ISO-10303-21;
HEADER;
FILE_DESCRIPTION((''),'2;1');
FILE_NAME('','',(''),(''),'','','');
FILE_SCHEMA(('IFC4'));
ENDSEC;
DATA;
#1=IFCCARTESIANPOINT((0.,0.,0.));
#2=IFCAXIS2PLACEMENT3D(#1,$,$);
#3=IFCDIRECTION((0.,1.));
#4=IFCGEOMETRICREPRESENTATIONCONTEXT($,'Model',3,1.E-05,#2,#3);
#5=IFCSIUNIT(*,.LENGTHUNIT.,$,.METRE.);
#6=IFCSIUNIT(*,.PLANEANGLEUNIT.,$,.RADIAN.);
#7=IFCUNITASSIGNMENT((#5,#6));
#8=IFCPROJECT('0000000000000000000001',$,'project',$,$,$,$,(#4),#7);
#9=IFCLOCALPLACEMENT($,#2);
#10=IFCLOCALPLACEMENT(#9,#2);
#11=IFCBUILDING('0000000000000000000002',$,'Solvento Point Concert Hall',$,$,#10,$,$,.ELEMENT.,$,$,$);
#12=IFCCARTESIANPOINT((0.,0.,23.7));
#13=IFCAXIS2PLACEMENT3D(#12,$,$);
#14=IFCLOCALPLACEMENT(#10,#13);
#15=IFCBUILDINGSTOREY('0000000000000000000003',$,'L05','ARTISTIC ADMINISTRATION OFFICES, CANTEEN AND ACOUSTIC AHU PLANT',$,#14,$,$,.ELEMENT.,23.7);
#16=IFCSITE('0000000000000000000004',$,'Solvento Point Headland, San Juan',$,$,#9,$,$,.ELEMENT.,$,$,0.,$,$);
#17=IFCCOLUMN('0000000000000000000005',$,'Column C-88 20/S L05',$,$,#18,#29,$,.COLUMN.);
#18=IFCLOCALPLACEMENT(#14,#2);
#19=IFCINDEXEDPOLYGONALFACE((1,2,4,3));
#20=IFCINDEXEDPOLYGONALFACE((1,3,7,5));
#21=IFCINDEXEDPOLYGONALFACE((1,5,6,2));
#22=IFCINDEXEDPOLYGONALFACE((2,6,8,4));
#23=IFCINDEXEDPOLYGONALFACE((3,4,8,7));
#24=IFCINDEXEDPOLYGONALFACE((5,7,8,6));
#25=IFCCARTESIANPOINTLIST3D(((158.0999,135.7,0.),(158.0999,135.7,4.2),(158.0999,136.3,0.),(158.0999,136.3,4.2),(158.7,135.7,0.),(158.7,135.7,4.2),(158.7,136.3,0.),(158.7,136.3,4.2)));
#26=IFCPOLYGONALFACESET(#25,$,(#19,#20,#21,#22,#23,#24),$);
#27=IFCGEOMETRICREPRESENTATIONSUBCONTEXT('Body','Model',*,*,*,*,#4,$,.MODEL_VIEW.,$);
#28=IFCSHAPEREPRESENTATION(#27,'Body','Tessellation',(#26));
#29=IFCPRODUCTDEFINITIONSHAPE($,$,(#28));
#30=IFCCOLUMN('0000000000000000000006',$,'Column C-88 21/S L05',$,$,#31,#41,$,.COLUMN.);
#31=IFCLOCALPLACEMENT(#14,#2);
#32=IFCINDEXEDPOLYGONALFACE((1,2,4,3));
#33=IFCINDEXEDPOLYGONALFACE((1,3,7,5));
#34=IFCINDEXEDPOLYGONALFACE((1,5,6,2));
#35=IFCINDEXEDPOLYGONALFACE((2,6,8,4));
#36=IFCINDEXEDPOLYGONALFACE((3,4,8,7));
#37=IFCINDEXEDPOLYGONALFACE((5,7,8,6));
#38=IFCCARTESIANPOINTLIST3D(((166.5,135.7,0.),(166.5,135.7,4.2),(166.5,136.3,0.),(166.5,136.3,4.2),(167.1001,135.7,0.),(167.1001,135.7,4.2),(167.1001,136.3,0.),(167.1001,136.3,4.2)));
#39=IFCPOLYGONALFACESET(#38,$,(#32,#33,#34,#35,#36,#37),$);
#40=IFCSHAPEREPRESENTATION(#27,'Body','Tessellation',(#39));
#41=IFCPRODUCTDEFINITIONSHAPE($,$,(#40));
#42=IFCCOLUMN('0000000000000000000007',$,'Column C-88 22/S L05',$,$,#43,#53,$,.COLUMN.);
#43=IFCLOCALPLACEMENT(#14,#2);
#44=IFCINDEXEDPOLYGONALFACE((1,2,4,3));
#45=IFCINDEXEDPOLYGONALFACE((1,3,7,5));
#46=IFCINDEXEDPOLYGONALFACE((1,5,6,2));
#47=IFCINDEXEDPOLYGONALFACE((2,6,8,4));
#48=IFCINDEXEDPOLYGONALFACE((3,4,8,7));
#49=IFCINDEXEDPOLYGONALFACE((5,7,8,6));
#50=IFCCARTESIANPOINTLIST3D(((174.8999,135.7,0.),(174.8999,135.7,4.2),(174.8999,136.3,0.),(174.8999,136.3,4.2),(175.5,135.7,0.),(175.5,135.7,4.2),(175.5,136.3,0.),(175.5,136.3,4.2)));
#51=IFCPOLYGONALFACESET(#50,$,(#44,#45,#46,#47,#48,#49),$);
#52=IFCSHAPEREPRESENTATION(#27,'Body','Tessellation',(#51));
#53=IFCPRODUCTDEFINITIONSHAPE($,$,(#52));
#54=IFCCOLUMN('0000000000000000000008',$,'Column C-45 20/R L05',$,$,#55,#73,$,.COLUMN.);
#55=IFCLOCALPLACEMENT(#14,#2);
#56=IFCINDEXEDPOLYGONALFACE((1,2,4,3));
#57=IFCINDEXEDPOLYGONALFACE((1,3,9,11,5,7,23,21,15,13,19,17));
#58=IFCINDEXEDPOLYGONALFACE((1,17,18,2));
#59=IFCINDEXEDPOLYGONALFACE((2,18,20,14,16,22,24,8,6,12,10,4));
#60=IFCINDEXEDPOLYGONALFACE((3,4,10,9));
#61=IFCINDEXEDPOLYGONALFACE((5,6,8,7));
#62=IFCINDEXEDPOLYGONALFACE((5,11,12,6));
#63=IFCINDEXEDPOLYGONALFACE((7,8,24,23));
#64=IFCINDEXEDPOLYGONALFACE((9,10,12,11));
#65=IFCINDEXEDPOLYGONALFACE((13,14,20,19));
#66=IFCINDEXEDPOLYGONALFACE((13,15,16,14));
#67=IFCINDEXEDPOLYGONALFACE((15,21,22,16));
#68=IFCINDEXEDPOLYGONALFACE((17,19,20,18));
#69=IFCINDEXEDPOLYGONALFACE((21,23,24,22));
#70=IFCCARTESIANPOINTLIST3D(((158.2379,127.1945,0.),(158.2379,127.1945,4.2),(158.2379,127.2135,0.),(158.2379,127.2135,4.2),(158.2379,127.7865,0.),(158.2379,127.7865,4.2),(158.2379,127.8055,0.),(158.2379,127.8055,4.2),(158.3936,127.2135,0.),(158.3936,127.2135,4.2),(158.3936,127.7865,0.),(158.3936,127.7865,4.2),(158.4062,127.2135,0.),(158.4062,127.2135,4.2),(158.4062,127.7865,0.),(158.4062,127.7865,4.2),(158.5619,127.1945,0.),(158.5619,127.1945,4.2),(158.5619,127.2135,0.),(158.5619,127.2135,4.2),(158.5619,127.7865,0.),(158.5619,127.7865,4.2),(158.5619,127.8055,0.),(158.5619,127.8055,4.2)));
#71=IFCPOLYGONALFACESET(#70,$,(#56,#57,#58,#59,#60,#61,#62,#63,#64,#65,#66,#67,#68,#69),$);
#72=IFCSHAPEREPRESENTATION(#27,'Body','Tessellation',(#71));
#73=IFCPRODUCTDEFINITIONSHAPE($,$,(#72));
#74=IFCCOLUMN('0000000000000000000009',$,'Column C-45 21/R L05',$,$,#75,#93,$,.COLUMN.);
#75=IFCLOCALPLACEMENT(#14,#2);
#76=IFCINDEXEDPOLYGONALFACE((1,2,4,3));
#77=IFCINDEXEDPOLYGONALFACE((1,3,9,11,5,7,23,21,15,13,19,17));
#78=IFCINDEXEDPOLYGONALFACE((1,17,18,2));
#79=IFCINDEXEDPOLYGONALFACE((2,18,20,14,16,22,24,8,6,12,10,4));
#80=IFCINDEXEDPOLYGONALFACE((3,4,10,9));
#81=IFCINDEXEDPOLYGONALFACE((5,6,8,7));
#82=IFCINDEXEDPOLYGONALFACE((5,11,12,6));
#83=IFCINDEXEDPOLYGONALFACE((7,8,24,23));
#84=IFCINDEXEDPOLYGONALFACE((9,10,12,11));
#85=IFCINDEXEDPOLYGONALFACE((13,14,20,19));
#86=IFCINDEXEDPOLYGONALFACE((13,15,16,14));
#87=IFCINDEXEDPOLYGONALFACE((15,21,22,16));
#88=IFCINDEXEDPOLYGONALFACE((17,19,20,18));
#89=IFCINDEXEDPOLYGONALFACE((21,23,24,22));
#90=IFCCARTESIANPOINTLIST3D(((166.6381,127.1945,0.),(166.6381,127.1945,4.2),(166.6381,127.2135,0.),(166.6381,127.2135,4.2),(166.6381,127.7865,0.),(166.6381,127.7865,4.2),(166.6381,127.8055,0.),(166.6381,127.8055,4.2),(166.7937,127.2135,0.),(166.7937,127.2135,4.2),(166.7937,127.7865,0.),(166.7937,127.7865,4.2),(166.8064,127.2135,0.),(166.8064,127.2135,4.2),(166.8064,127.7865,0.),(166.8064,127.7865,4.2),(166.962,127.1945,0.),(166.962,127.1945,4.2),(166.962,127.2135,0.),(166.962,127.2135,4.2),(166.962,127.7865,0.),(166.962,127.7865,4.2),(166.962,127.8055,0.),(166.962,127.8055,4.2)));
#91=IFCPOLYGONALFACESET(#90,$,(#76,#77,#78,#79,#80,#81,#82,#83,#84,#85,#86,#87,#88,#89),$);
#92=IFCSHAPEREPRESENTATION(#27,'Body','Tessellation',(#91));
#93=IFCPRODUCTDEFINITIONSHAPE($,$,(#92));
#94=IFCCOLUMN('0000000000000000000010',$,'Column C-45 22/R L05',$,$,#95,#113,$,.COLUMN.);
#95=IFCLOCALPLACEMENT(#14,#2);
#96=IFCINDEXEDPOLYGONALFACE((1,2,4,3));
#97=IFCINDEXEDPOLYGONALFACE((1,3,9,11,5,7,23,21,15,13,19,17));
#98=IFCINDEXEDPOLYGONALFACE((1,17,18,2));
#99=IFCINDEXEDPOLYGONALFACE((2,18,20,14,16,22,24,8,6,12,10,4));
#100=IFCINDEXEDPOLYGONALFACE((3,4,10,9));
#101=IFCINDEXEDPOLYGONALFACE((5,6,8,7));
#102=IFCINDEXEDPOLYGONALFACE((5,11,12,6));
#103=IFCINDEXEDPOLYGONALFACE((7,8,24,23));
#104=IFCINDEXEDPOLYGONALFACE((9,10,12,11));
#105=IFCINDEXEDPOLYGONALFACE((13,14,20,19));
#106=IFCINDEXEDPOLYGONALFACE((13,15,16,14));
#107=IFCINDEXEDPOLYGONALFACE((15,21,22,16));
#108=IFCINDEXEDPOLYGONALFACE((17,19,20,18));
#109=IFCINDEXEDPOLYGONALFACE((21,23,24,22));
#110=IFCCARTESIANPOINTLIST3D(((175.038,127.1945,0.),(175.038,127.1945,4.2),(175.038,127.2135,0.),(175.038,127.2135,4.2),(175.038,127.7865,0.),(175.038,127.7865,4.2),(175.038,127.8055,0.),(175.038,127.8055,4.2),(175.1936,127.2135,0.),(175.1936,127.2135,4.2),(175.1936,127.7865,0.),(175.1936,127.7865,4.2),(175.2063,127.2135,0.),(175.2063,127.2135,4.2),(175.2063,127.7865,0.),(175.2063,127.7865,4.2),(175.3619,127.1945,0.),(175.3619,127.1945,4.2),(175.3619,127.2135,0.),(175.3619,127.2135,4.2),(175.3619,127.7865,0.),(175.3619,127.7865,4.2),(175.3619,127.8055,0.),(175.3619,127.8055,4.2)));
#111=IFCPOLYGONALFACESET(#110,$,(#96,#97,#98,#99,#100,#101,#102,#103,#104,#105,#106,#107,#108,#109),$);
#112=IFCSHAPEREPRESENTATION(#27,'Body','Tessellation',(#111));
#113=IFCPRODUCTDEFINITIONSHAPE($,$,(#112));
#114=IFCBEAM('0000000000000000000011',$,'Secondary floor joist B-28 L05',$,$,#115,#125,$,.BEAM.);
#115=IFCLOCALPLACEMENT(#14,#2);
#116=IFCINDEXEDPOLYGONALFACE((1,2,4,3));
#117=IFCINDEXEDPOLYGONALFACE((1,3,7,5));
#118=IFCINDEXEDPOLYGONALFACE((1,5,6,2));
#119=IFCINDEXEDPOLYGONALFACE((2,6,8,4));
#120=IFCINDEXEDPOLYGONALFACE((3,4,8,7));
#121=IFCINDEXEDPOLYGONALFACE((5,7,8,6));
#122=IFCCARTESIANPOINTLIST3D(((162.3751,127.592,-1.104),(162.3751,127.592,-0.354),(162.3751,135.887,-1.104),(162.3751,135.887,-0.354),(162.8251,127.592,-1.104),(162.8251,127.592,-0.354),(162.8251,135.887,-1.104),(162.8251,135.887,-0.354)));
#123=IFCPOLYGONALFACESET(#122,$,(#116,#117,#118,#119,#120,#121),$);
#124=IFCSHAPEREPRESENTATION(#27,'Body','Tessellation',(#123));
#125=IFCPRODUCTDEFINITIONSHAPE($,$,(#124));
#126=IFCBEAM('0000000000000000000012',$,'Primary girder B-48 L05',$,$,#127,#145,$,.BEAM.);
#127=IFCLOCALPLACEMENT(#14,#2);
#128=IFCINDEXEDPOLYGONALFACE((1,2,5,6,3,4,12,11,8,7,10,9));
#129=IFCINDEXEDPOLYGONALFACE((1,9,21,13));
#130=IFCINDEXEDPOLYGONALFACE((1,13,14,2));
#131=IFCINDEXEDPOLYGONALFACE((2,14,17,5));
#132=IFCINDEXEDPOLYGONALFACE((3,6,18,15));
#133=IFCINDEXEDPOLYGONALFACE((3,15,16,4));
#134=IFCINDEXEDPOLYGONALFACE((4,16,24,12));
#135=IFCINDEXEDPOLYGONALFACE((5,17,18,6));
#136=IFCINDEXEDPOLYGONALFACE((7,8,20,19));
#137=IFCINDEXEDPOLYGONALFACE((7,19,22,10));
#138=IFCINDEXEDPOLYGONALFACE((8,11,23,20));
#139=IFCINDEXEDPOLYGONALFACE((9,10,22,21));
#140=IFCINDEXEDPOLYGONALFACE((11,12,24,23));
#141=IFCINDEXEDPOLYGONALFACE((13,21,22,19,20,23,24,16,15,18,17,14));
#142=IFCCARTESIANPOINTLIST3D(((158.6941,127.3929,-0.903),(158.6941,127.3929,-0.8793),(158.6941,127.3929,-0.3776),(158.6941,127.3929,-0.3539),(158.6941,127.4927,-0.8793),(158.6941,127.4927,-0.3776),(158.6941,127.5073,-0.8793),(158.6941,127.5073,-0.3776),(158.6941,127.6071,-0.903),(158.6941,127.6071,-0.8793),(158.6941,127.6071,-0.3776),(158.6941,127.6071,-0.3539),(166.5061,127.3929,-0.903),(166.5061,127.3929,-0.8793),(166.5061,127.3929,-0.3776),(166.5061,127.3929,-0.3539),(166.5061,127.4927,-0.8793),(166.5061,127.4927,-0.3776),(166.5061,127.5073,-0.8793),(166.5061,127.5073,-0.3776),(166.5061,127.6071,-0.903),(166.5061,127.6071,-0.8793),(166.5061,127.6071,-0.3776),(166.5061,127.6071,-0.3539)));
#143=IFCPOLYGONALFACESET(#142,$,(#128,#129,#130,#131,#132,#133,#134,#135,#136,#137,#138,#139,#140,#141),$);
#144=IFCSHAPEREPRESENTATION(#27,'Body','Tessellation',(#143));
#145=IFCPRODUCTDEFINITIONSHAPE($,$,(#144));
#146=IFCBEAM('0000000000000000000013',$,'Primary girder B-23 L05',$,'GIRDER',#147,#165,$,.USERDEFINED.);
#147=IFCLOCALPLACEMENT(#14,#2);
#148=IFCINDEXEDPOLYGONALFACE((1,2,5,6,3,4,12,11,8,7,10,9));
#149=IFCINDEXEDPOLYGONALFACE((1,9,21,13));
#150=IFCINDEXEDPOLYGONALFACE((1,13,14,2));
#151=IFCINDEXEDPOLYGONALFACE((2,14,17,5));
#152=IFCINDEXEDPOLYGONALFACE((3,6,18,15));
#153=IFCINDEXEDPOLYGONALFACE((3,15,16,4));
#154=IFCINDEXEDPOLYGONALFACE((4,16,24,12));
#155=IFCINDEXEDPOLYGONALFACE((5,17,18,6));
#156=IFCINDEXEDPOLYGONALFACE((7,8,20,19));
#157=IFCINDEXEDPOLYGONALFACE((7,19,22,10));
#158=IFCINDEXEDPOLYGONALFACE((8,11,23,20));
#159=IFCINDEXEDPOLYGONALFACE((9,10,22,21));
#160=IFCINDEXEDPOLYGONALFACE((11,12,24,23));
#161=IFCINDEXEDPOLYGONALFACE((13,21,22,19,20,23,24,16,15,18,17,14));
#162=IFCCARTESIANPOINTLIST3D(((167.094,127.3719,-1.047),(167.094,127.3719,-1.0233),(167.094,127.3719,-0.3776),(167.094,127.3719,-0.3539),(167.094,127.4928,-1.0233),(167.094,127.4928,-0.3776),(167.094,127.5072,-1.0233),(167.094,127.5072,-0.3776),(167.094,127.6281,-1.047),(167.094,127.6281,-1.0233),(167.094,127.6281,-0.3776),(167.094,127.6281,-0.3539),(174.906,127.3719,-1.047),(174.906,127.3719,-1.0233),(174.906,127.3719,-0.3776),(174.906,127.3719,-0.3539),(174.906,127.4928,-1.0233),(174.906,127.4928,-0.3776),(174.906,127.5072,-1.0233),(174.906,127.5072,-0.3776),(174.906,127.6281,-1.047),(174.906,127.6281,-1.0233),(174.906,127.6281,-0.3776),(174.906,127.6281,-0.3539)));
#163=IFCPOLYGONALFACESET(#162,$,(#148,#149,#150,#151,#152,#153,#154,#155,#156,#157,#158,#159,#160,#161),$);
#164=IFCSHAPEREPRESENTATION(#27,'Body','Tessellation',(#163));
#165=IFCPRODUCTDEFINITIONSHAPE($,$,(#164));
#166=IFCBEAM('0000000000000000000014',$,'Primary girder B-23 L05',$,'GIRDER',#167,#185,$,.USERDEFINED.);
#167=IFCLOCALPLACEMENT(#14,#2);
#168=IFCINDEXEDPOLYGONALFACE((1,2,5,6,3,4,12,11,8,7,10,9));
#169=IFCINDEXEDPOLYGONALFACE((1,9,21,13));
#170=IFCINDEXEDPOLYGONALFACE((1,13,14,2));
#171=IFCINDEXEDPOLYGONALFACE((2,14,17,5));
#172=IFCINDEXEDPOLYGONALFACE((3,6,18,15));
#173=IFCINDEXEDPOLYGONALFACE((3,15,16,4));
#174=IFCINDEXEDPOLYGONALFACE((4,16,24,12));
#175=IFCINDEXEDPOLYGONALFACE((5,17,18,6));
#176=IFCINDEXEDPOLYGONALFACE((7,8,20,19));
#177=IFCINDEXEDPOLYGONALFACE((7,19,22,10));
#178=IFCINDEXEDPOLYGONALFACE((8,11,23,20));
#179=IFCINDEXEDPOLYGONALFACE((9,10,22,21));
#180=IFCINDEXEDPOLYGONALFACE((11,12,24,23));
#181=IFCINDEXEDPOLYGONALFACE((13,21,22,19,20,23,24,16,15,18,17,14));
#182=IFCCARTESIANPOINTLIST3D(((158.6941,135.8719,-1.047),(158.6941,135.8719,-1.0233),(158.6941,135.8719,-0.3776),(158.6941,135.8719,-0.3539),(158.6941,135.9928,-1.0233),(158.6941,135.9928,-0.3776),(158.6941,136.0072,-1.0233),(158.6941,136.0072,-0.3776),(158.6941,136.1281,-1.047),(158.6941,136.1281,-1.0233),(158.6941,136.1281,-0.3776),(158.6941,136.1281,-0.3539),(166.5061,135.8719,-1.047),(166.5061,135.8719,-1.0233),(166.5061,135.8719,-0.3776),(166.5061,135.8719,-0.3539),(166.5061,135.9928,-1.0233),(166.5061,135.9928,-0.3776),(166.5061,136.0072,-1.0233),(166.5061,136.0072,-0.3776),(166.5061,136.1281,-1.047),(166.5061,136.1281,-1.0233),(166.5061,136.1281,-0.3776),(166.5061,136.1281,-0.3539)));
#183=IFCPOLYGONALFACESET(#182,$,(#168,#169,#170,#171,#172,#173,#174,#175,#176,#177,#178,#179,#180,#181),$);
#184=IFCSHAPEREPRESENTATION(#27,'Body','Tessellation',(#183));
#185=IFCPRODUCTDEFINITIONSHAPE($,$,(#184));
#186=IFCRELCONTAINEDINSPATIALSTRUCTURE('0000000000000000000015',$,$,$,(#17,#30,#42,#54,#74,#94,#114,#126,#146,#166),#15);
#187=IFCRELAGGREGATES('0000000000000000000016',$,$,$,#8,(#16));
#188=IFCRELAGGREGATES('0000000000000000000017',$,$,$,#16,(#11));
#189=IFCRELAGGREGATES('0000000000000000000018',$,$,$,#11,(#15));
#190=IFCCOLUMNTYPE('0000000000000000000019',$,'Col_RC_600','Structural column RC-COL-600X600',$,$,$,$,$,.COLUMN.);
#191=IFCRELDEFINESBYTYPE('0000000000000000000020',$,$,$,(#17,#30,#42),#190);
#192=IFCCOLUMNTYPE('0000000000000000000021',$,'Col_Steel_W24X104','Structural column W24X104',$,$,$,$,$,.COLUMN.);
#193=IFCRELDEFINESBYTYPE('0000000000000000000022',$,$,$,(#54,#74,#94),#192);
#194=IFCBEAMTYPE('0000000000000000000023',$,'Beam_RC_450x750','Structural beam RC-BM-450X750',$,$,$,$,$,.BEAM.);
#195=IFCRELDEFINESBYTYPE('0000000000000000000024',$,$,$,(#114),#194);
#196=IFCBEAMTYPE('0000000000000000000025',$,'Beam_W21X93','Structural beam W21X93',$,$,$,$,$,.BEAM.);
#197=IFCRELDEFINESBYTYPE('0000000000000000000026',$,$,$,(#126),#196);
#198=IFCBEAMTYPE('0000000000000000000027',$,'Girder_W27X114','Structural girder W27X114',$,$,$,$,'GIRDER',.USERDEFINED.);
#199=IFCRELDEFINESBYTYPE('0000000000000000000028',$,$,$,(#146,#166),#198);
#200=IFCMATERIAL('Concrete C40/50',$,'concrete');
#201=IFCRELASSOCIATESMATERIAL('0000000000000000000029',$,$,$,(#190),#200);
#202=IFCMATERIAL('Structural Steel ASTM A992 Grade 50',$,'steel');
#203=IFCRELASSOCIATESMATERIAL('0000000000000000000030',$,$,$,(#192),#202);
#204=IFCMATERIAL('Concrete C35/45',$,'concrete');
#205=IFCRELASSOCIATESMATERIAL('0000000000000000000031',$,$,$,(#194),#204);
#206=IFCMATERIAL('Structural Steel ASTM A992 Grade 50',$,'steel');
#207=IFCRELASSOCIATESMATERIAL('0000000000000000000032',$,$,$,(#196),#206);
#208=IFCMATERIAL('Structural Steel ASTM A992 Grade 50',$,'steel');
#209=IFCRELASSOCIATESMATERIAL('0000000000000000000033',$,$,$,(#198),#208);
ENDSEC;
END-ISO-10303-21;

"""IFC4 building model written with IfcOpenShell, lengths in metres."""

from ifc_helpers import new_model, si_unit, direction, frame, origin, origin_2d, place, context, subcontext, project, spatial, rectangle, i_section, extrude, material, material_profile, profile_set, type_object, element, save


model = new_model("IFC4")

# Units and contexts
model_context = context("Model", 3, precision=1e-05, world=origin(), true_north=direction((0.0, 1.0)))
body_context = subcontext(model_context, "Body", "Model", "MODEL_VIEW")
ifc_project = project(units=[si_unit("LENGTHUNIT", "METRE"), si_unit("PLANEANGLEUNIT", "RADIAN")], contexts=[model_context])

# Site, building, storey
site_placement = place(None, origin())
site = spatial("IfcSite", under=ifc_project, at=site_placement, Name="Solvento Point Headland, San Juan", CompositionType="ELEMENT", RefElevation=0.0)
building_placement = place(site_placement, origin())
building = spatial("IfcBuilding", under=site, at=building_placement, Name="Solvento Point Concert Hall", CompositionType="ELEMENT")
storey_placement = place(building_placement, frame((0.0, 0.0, 23.7)))
storey = spatial("IfcBuildingStorey", under=building, at=storey_placement, Name="L05", Description="ARTISTIC ADMINISTRATION OFFICES, CANTEEN AND ACOUSTIC AHU PLANT", CompositionType="ELEMENT", Elevation=23.7)

# Columns
ifc_material_1 = material(Name="Concrete C40/50", Category="concrete")
ifc_material_profile_1 = material_profile(ifc_material_1, rectangle(XDim=0.6001, YDim=0.6001, at=origin_2d()), Name="RC-COL-600X600")
ifc_profile_set_1 = profile_set([ifc_material_profile_1], Name="Concrete C40/50")
column_type_1 = type_object("IfcColumnType", Name="Col_RC_600", Description="Structural column RC-COL-600X600", PredefinedType="COLUMN", material=ifc_profile_set_1)
for number, where, z_axis, x_axis, name in (
    (1, (158.3999, 136.0, 0.0), (0.0, 0.0, 1.0), (1.0, 0.0, 0.0), "Column C-88 20/S L05"),
    (2, (166.8, 136.0, 0.0), (0.0, 0.0, 1.0), (1.0, 0.0, 0.0), "Column C-88 21/S L05"),
    (3, (175.2, 136.0, 0.0), (0.0, 0.0, 1.0), (1.0, 0.0, 0.0), "Column C-88 22/S L05"),
):
    element("IfcColumn", number, at=place(storey_placement, frame(where, z_axis=z_axis, x_axis=x_axis)), inside=storey, type_object=column_type_1, Name=name, PredefinedType="COLUMN", context=body_context, shape_type="SweptSolid", body=[
        extrude(rectangle(XDim=0.6001, YDim=0.6001, at=origin_2d()), origin(), (0.0, 0.0, 1.0), 4.2),
    ])
ifc_material_2 = material(Name="Structural Steel ASTM A992 Grade 50", Category="steel")
ifc_material_profile_2 = material_profile(ifc_material_2, i_section(OverallWidth=0.324, OverallDepth=0.6111, WebThickness=0.0127, FlangeThickness=0.019, at=origin_2d()), Name="W24X104")
ifc_profile_set_2 = profile_set([ifc_material_profile_2], Name="Structural Steel ASTM A992 Grade 50")
column_type_2 = type_object("IfcColumnType", Name="Col_Steel_W24X104", Description="Structural column W24X104", PredefinedType="COLUMN", material=ifc_profile_set_2)
for number, where, z_axis, x_axis, name in (
    (4, (158.3999, 127.5, 0.0), (0.0, 0.0, 1.0), (1.0, 0.0, 0.0), "Column C-45 20/R L05"),
    (5, (166.8, 127.5, 0.0), (0.0, 0.0, 1.0), (1.0, 0.0, 0.0), "Column C-45 21/R L05"),
    (6, (175.2, 127.5, 0.0), (0.0, 0.0, 1.0), (1.0, 0.0, 0.0), "Column C-45 22/R L05"),
):
    element("IfcColumn", number, at=place(storey_placement, frame(where, z_axis=z_axis, x_axis=x_axis)), inside=storey, type_object=column_type_2, Name=name, PredefinedType="COLUMN", context=body_context, shape_type="SweptSolid", body=[
        extrude(i_section(OverallWidth=0.324, OverallDepth=0.6111, WebThickness=0.0127, FlangeThickness=0.019, at=origin_2d()), origin(), (0.0, 0.0, 1.0), 4.2),
    ])

# Beams
ifc_material_3 = material(Name="Concrete C35/45", Category="concrete")
ifc_material_profile_3 = material_profile(ifc_material_3, rectangle(XDim=0.45, YDim=0.75, at=origin_2d()), Name="RC-BM-450X750")
ifc_profile_set_3 = profile_set([ifc_material_profile_3], Name="Concrete C35/45")
beam_type_1 = type_object("IfcBeamType", Name="Beam_RC_450x750", Description="Structural beam RC-BM-450X750", PredefinedType="BEAM", material=ifc_profile_set_3)
beam_1_placement = place(storey_placement, frame((162.6001, 127.592, -0.729), z_axis=(0.0, 1.0, 0.0), x_axis=(-1.0, 0.0, 0.0)))
element("IfcBeam", 7, at=beam_1_placement, inside=storey, type_object=beam_type_1, Name="Secondary floor joist B-28 L05", PredefinedType="BEAM", context=body_context, shape_type="SweptSolid", body=[
    extrude(rectangle(XDim=0.45, YDim=0.75, at=origin_2d()), origin(), (0.0, 0.0, 1.0), 8.2949),
])
ifc_material_4 = material(Name="Structural Steel ASTM A992 Grade 50", Category="steel")
ifc_material_profile_4 = material_profile(ifc_material_4, i_section(OverallWidth=0.2141, OverallDepth=0.5491, WebThickness=0.0146, FlangeThickness=0.0237, at=origin_2d()), Name="W21X93")
ifc_profile_set_4 = profile_set([ifc_material_profile_4], Name="Structural Steel ASTM A992 Grade 50")
beam_type_2 = type_object("IfcBeamType", Name="Beam_W21X93", Description="Structural beam W21X93", PredefinedType="BEAM", material=ifc_profile_set_4)
beam_2_placement = place(storey_placement, frame((158.6941, 127.5, -0.6284), z_axis=(1.0, 0.0, 0.0), x_axis=(0.0, 1.0, 0.0)))
element("IfcBeam", 8, at=beam_2_placement, inside=storey, type_object=beam_type_2, Name="Primary girder B-48 L05", PredefinedType="BEAM", context=body_context, shape_type="SweptSolid", body=[
    extrude(i_section(OverallWidth=0.2141, OverallDepth=0.5491, WebThickness=0.0146, FlangeThickness=0.0237, at=origin_2d()), origin(), (0.0, 0.0, 1.0), 7.812),
])
ifc_material_5 = material(Name="Structural Steel ASTM A992 Grade 50", Category="steel")
ifc_material_profile_5 = material_profile(ifc_material_5, i_section(OverallWidth=0.2561, OverallDepth=0.6931, WebThickness=0.0144, FlangeThickness=0.0237, at=origin_2d()), Name="W27X114")
ifc_profile_set_5 = profile_set([ifc_material_profile_5], Name="Structural Steel ASTM A992 Grade 50")
beam_type_3 = type_object("IfcBeamType", Name="Girder_W27X114", Description="Structural girder W27X114", ElementType="GIRDER", PredefinedType="USERDEFINED", material=ifc_profile_set_5)
for number, where, z_axis, x_axis, name in (
    (9, (167.094, 127.5, -0.7004), (1.0, 0.0, 0.0), (0.0, 1.0, 0.0), "Primary girder B-23 L05"),
    (10, (158.6941, 136.0, -0.7004), (1.0, 0.0, 0.0), (0.0, 1.0, 0.0), "Primary girder B-23 L05"),
):
    element("IfcBeam", number, at=place(storey_placement, frame(where, z_axis=z_axis, x_axis=x_axis)), inside=storey, type_object=beam_type_3, Name=name, ObjectType="GIRDER", PredefinedType="USERDEFINED", context=body_context, shape_type="SweptSolid", body=[
        extrude(i_section(OverallWidth=0.2561, OverallDepth=0.6931, WebThickness=0.0144, FlangeThickness=0.0237, at=origin_2d()), origin(), (0.0, 0.0, 1.0), 7.812),
    ])

save(model, "model.ifc")
